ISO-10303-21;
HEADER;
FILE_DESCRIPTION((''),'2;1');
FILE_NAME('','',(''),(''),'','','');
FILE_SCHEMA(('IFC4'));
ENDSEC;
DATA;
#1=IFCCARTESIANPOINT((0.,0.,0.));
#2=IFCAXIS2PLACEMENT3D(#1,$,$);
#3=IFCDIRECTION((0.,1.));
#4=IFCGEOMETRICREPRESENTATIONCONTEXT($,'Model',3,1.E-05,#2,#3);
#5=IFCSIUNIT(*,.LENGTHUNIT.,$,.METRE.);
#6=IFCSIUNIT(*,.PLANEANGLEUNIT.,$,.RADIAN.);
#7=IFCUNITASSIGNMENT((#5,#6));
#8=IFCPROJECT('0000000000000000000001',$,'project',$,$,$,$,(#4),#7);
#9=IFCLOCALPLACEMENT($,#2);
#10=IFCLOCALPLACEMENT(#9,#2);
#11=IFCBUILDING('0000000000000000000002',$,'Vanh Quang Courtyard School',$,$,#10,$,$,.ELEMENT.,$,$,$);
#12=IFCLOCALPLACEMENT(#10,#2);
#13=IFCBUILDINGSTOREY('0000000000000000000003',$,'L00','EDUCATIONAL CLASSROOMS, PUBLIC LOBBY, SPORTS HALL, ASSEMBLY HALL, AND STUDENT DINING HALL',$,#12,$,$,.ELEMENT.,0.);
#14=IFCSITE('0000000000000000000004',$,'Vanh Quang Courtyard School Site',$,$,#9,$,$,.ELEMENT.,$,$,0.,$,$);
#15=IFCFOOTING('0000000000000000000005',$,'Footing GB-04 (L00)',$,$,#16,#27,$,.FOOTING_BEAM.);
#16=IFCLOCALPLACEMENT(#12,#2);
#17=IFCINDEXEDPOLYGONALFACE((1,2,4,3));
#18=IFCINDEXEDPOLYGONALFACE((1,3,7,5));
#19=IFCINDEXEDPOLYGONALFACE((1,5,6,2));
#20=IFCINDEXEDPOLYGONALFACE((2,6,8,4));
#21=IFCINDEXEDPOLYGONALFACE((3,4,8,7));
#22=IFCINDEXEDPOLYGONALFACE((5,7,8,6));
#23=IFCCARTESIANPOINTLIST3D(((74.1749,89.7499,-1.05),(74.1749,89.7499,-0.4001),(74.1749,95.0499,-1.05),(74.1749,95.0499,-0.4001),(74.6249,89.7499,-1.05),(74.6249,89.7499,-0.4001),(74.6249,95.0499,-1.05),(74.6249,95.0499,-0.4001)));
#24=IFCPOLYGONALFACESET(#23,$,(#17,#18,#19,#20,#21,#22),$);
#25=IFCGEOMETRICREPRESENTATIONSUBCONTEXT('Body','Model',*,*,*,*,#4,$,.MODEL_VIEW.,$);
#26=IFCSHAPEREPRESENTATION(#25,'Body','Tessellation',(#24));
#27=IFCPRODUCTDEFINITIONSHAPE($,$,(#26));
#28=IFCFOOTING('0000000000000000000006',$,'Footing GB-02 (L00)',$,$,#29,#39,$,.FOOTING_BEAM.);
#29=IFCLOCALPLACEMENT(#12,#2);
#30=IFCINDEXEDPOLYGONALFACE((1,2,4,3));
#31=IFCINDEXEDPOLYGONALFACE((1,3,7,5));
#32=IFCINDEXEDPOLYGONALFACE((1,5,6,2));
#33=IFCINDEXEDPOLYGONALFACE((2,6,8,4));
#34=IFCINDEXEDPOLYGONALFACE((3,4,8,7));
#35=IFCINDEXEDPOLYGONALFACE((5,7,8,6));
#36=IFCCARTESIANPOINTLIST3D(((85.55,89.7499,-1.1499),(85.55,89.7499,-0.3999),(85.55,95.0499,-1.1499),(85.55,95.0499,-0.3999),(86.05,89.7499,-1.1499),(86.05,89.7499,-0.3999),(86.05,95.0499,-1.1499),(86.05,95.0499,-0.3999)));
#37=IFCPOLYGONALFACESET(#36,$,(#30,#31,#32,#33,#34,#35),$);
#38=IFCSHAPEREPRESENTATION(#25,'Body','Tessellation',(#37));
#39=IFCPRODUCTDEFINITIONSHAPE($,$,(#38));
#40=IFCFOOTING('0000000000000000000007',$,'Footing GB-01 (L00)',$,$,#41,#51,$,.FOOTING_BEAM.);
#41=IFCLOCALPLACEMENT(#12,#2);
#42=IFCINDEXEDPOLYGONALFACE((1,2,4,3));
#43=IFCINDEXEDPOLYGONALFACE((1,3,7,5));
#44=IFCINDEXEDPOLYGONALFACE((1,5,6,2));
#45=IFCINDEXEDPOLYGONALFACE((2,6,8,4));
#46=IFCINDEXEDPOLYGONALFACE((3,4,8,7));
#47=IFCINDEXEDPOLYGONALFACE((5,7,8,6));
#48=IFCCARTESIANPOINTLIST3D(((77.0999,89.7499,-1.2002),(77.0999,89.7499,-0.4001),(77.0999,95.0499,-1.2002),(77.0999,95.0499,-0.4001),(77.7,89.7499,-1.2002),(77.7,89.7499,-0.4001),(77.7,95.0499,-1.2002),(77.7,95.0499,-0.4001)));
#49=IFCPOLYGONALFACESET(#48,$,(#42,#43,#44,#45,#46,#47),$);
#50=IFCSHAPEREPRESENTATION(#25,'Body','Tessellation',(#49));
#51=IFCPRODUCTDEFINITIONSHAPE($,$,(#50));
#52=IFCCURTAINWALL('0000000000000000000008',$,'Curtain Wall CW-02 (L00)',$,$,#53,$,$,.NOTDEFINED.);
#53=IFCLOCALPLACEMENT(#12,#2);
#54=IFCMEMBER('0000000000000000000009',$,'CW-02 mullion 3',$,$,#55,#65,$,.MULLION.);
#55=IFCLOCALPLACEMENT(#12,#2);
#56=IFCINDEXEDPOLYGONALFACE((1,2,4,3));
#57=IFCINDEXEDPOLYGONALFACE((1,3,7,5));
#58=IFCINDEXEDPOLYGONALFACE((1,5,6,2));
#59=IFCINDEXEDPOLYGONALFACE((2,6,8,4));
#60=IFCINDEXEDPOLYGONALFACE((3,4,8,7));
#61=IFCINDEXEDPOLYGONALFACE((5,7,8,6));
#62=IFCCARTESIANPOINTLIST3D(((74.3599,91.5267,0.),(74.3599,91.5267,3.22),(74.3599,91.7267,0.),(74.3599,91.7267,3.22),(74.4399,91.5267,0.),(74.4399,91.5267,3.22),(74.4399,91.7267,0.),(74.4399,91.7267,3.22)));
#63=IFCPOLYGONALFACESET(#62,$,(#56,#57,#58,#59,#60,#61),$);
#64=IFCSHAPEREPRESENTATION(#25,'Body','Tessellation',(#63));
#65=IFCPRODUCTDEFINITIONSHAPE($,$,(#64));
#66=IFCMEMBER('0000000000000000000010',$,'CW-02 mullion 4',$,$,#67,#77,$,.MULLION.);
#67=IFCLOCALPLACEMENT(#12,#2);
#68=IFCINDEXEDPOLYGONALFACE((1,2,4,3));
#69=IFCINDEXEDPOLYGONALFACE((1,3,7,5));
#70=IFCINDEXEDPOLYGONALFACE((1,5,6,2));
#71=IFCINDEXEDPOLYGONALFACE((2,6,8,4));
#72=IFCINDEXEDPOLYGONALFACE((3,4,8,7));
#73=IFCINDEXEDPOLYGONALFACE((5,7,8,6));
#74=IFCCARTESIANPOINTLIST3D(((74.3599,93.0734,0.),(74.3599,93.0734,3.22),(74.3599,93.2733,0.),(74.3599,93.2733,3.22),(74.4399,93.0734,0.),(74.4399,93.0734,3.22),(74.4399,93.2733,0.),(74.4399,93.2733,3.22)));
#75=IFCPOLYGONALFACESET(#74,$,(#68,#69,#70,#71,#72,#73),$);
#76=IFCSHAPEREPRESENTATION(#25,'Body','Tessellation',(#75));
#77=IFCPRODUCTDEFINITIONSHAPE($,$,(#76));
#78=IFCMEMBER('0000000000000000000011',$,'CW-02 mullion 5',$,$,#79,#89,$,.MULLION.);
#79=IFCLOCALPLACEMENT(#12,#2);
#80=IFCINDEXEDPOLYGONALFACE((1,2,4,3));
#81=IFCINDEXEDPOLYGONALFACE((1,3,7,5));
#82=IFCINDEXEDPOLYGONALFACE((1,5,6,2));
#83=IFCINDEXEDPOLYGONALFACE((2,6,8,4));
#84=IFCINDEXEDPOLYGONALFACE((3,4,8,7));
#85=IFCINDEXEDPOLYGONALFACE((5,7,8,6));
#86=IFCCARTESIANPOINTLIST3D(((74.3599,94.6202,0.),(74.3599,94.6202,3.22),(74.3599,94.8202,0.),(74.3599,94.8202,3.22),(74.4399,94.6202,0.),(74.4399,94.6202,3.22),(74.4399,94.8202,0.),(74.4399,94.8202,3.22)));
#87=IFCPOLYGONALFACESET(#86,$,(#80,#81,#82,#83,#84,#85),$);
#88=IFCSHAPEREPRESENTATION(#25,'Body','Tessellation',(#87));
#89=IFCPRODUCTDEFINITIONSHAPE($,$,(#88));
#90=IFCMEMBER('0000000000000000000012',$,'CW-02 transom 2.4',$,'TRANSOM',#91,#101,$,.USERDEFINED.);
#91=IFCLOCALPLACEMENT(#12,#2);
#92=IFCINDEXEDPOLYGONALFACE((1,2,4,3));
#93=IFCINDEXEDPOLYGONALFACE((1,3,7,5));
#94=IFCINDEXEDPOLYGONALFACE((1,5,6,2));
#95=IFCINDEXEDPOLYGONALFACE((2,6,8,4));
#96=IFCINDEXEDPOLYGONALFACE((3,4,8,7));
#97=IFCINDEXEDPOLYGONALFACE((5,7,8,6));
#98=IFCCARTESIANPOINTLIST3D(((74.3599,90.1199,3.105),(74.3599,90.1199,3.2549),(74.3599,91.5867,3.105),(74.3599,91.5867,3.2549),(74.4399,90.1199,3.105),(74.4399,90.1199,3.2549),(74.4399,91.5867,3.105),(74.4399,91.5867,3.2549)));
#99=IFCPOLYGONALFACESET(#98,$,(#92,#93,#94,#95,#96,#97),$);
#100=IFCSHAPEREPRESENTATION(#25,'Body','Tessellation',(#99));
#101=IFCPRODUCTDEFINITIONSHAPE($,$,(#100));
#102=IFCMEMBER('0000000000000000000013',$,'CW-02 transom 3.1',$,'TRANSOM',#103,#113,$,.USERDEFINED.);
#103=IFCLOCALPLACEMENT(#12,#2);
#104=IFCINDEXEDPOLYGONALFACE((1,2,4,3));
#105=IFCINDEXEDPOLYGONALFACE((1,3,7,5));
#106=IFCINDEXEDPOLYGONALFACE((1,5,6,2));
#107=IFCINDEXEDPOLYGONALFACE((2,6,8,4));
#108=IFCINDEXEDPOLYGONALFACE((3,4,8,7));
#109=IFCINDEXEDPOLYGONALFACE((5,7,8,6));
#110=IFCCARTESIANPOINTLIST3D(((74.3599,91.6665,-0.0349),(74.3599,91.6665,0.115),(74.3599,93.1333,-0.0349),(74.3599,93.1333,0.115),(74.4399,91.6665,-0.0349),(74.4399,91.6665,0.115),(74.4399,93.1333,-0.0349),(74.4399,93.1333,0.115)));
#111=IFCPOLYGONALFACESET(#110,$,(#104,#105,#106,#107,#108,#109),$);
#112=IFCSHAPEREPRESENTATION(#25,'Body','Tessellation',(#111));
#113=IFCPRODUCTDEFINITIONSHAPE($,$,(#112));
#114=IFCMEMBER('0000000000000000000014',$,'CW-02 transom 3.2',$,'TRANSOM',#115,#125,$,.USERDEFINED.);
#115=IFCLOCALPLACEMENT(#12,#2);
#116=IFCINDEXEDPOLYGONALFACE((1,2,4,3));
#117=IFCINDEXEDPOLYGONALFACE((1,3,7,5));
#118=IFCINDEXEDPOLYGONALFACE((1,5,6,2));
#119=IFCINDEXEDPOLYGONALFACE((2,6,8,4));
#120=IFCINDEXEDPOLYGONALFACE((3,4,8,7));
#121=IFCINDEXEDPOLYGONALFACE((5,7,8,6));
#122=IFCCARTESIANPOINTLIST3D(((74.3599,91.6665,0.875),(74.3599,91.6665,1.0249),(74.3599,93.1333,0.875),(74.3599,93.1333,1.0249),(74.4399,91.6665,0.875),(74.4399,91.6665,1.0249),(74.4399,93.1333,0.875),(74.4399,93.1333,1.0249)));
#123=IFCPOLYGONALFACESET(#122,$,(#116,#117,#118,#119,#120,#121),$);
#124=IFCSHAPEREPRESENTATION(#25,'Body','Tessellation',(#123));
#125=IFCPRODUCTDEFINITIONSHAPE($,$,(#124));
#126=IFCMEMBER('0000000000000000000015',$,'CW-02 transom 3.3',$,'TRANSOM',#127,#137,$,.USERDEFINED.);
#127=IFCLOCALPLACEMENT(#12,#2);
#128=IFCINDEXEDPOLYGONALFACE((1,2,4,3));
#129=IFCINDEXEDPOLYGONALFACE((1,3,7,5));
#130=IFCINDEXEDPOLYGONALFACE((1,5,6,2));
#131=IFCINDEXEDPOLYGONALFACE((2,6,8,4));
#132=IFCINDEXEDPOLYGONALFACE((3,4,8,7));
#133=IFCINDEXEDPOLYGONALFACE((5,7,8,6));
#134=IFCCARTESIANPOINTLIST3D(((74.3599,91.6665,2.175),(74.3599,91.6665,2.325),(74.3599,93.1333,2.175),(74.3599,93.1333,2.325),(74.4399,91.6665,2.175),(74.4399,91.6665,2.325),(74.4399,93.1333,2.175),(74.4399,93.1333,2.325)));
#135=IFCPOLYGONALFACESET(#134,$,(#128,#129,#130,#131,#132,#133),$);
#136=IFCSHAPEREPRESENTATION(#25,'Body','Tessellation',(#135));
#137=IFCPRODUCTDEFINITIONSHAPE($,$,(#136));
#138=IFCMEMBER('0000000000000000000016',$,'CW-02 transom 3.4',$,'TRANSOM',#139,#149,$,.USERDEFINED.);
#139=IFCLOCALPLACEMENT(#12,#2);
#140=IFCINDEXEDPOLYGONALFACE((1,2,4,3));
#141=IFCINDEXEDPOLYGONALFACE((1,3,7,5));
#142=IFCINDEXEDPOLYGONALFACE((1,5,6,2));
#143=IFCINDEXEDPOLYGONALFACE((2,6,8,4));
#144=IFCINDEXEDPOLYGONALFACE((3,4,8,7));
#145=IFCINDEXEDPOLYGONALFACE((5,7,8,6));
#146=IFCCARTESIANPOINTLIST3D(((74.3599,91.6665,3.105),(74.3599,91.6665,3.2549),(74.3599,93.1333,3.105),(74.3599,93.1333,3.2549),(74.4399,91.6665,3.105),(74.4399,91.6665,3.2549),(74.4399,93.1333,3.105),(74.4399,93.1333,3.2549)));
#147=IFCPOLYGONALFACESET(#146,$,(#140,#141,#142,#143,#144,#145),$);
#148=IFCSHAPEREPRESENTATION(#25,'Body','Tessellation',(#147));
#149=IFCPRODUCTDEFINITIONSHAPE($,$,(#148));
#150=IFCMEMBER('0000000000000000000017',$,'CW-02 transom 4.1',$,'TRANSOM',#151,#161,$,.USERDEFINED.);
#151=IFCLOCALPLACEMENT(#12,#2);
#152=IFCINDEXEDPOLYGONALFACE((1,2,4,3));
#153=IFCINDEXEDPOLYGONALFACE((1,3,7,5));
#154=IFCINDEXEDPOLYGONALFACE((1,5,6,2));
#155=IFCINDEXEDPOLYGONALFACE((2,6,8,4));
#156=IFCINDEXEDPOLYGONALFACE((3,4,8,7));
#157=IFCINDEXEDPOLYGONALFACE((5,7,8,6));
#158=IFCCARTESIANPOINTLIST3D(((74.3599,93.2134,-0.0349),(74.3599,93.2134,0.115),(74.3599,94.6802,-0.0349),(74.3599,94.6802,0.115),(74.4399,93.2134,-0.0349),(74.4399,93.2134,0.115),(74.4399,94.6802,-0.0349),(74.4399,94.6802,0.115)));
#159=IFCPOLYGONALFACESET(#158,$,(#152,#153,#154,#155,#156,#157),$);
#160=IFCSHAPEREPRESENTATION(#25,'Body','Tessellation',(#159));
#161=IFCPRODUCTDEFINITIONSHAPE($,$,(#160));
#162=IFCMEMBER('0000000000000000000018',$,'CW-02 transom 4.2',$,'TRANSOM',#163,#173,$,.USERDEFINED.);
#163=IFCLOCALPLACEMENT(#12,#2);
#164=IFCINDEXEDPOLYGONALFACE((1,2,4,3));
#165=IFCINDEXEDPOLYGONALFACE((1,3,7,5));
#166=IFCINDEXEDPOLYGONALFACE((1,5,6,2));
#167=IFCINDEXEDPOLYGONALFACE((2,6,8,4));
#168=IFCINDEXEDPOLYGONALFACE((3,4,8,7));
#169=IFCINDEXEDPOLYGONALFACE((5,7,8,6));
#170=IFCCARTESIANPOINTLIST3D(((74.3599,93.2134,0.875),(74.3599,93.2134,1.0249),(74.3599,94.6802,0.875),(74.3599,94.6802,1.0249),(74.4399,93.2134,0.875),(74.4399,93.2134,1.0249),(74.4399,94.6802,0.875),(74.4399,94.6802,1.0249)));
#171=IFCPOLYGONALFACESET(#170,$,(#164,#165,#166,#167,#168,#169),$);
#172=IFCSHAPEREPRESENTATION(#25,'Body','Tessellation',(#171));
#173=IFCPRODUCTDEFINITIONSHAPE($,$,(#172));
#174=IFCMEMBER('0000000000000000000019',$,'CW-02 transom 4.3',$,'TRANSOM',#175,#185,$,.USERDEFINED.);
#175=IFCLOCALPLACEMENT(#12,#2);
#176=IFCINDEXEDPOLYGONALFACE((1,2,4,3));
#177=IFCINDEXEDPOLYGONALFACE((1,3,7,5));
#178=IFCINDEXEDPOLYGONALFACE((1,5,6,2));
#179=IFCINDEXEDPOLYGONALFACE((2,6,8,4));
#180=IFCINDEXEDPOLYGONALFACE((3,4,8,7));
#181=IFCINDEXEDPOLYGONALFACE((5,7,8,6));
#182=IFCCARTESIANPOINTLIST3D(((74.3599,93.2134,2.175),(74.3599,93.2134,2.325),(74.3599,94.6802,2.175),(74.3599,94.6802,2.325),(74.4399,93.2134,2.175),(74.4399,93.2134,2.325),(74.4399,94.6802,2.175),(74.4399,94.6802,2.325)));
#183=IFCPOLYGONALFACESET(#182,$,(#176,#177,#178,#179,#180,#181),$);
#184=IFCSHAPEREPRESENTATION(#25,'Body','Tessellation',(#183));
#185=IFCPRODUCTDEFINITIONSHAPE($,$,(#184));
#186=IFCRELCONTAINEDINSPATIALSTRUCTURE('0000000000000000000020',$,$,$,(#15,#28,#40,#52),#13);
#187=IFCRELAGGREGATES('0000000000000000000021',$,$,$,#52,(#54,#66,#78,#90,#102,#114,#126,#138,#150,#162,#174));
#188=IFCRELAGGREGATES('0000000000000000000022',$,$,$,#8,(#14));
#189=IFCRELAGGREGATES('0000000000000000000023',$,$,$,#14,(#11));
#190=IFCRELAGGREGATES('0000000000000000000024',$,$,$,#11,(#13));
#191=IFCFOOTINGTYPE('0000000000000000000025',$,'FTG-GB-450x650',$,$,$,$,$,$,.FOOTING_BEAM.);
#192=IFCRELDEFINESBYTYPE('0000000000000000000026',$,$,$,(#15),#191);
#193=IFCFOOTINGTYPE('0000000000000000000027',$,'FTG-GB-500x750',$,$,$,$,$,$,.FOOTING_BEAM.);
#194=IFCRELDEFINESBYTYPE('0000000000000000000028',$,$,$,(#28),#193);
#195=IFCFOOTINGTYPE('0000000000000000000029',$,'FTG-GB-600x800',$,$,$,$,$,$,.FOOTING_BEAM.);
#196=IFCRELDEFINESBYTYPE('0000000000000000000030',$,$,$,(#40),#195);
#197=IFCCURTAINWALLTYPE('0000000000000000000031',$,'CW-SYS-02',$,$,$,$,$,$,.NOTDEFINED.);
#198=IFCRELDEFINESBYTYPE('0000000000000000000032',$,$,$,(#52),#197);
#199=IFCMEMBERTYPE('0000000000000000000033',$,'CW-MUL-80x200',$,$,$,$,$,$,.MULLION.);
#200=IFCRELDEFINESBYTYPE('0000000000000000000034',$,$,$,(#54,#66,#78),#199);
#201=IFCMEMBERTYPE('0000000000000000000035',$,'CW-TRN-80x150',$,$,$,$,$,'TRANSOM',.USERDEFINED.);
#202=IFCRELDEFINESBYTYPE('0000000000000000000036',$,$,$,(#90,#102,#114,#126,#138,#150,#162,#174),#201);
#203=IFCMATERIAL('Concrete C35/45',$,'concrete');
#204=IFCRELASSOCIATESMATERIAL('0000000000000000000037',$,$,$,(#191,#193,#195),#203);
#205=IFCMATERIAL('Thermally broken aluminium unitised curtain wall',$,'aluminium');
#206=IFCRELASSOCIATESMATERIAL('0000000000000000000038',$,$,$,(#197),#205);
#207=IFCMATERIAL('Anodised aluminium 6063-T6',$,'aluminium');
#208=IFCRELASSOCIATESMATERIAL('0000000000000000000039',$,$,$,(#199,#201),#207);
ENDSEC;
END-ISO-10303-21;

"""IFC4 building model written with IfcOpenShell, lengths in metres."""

from ifc_helpers import new_model, si_unit, direction, frame, origin, origin_2d, place, context, subcontext, project, spatial, rectangle, extrude, material, material_profile, profile_set, type_object, element, aggregate, save


model = new_model("IFC4")

# Units and contexts
model_context = context("Model", 3, precision=1e-05, world=origin(), true_north=direction((0.0, 1.0)))
body_context = subcontext(model_context, "Body", "Model", "MODEL_VIEW")
ifc_project = project(units=[si_unit("LENGTHUNIT", "METRE"), si_unit("PLANEANGLEUNIT", "RADIAN")], contexts=[model_context])

# Site, building, storey
site_placement = place(None, origin())
site = spatial("IfcSite", under=ifc_project, at=site_placement, Name="Vanh Quang Courtyard School Site", CompositionType="ELEMENT", RefElevation=0.0)
building_placement = place(site_placement, origin())
building = spatial("IfcBuilding", under=site, at=building_placement, Name="Vanh Quang Courtyard School", CompositionType="ELEMENT")
storey_placement = place(building_placement, origin())
storey = spatial("IfcBuildingStorey", under=building, at=storey_placement, Name="L00", Description="EDUCATIONAL CLASSROOMS, PUBLIC LOBBY, SPORTS HALL, ASSEMBLY HALL, AND STUDENT DINING HALL", CompositionType="ELEMENT", Elevation=0.0)

# Footings
ifc_material_1 = material(Name="Concrete C35/45", Category="concrete")
footing_type_1 = type_object("IfcFootingType", Name="FTG-GB-450x650", PredefinedType="FOOTING_BEAM", material=ifc_material_1)
footing_1_placement = place(storey_placement, frame((74.3999, 92.3999, -1.05), z_axis=(0.0, 0.0, 1.0), x_axis=(0.0, 1.0, 0.0)))
element("IfcFooting", 1, at=footing_1_placement, inside=storey, type_object=footing_type_1, Name="Footing GB-04 (L00)", PredefinedType="FOOTING_BEAM", context=body_context, shape_type="SweptSolid", body=[
    extrude(rectangle(XDim=5.3, YDim=0.45, at=origin_2d()), origin(), (0.0, 0.0, 1.0), 0.6499),
])
footing_type_2 = type_object("IfcFootingType", Name="FTG-GB-500x750", PredefinedType="FOOTING_BEAM", material=ifc_material_1)
footing_2_placement = place(storey_placement, frame((85.8, 92.3999, -1.1499), z_axis=(0.0, 0.0, 1.0), x_axis=(0.0, 1.0, 0.0)))
element("IfcFooting", 2, at=footing_2_placement, inside=storey, type_object=footing_type_2, Name="Footing GB-02 (L00)", PredefinedType="FOOTING_BEAM", context=body_context, shape_type="SweptSolid", body=[
    extrude(rectangle(XDim=5.3, YDim=0.5, at=origin_2d()), origin(), (0.0, 0.0, 1.0), 0.75),
])
footing_type_3 = type_object("IfcFootingType", Name="FTG-GB-600x800", PredefinedType="FOOTING_BEAM", material=ifc_material_1)
footing_3_placement = place(storey_placement, frame((77.3999, 92.3999, -1.2002), z_axis=(0.0, 0.0, 1.0), x_axis=(0.0, 1.0, 0.0)))
element("IfcFooting", 3, at=footing_3_placement, inside=storey, type_object=footing_type_3, Name="Footing GB-01 (L00)", PredefinedType="FOOTING_BEAM", context=body_context, shape_type="SweptSolid", body=[
    extrude(rectangle(XDim=5.3, YDim=0.6001, at=origin_2d()), origin(), (0.0, 0.0, 1.0), 0.8),
])

# Curtain wall, members
ifc_material_2 = material(Name="Thermally broken aluminium unitised curtain wall", Category="aluminium")
curtain_wall_type = type_object("IfcCurtainWallType", Name="CW-SYS-02", PredefinedType="NOTDEFINED", material=ifc_material_2)
curtain_wall_placement = place(storey_placement, origin())
curtain_wall = element("IfcCurtainWall", 4, at=curtain_wall_placement, inside=storey, type_object=curtain_wall_type, Name="Curtain Wall CW-02 (L00)", PredefinedType="NOTDEFINED")
ifc_material_3 = material(Name="Anodised aluminium 6063-T6", Category="aluminium")
ifc_material_profile_1 = material_profile(ifc_material_3, rectangle(XDim=0.0801, YDim=0.2, at=origin_2d()), Name="ALU-MUL 80x200")
ifc_profile_set_1 = profile_set([ifc_material_profile_1], Name="Anodised aluminium 6063-T6")
member_type_1 = type_object("IfcMemberType", Name="CW-MUL-80x200", PredefinedType="MULLION", material=ifc_profile_set_1)
member_1_placement = place(storey_placement, frame((74.3999, 91.6267, 0.0), z_axis=(0.0, 0.0, 1.0), x_axis=(-1.0, 0.0, 0.0)))
member_1 = element("IfcMember", 5, at=member_1_placement, type_object=member_type_1, Name="CW-02 mullion 3", PredefinedType="MULLION", context=body_context, shape_type="SweptSolid", body=[
    extrude(rectangle(XDim=0.0801, YDim=0.2, at=origin_2d()), origin(), (0.0, 0.0, 1.0), 3.22),
])
member_2_placement = place(storey_placement, frame((74.3999, 93.1733, 0.0), z_axis=(0.0, 0.0, 1.0), x_axis=(-1.0, 0.0, 0.0)))
member_2 = element("IfcMember", 6, at=member_2_placement, type_object=member_type_1, Name="CW-02 mullion 4", PredefinedType="MULLION", context=body_context, shape_type="SweptSolid", body=[
    extrude(rectangle(XDim=0.0801, YDim=0.2, at=origin_2d()), origin(), (0.0, 0.0, 1.0), 3.22),
])
member_3_placement = place(storey_placement, frame((74.3999, 94.7202, 0.0), z_axis=(0.0, 0.0, 1.0), x_axis=(-1.0, 0.0, 0.0)))
member_3 = element("IfcMember", 7, at=member_3_placement, type_object=member_type_1, Name="CW-02 mullion 5", PredefinedType="MULLION", context=body_context, shape_type="SweptSolid", body=[
    extrude(rectangle(XDim=0.0801, YDim=0.2, at=origin_2d()), origin(), (0.0, 0.0, 1.0), 3.22),
])
ifc_material_profile_2 = material_profile(ifc_material_3, rectangle(XDim=0.0801, YDim=0.1499, at=origin_2d()), Name="ALU-TRN 80x150")
ifc_profile_set_2 = profile_set([ifc_material_profile_2], Name="Anodised aluminium 6063-T6")
member_type_2 = type_object("IfcMemberType", Name="CW-TRN-80x150", ElementType="TRANSOM", PredefinedType="USERDEFINED", material=ifc_profile_set_2)
member_4_placement = place(storey_placement, frame((74.3999, 90.1199, 3.1799), z_axis=(0.0, 1.0, 0.0), x_axis=(-1.0, 0.0, 0.0)))
member_4 = element("IfcMember", 8, at=member_4_placement, type_object=member_type_2, Name="CW-02 transom 2.4", ObjectType="TRANSOM", PredefinedType="USERDEFINED", context=body_context, shape_type="SweptSolid", body=[
    extrude(rectangle(XDim=0.0801, YDim=0.1499, at=origin_2d()), origin(), (0.0, 0.0, 1.0), 1.4668),
])
member_5_placement = place(storey_placement, frame((74.3999, 91.6665, 0.04), z_axis=(0.0, 1.0, 0.0), x_axis=(-1.0, 0.0, 0.0)))
member_5 = element("IfcMember", 9, at=member_5_placement, type_object=member_type_2, Name="CW-02 transom 3.1", ObjectType="TRANSOM", PredefinedType="USERDEFINED", context=body_context, shape_type="SweptSolid", body=[
    extrude(rectangle(XDim=0.0801, YDim=0.1499, at=origin_2d()), origin(), (0.0, 0.0, 1.0), 1.4668),
])
member_6_placement = place(storey_placement, frame((74.3999, 91.6665, 0.95), z_axis=(0.0, 1.0, 0.0), x_axis=(-1.0, 0.0, 0.0)))
member_6 = element("IfcMember", 10, at=member_6_placement, type_object=member_type_2, Name="CW-02 transom 3.2", ObjectType="TRANSOM", PredefinedType="USERDEFINED", context=body_context, shape_type="SweptSolid", body=[
    extrude(rectangle(XDim=0.0801, YDim=0.1499, at=origin_2d()), origin(), (0.0, 0.0, 1.0), 1.4668),
])
member_7_placement = place(storey_placement, frame((74.3999, 91.6665, 2.25), z_axis=(0.0, 1.0, 0.0), x_axis=(-1.0, 0.0, 0.0)))
member_7 = element("IfcMember", 11, at=member_7_placement, type_object=member_type_2, Name="CW-02 transom 3.3", ObjectType="TRANSOM", PredefinedType="USERDEFINED", context=body_context, shape_type="SweptSolid", body=[
    extrude(rectangle(XDim=0.0801, YDim=0.1499, at=origin_2d()), origin(), (0.0, 0.0, 1.0), 1.4668),
])
member_8_placement = place(storey_placement, frame((74.3999, 91.6665, 3.1799), z_axis=(0.0, 1.0, 0.0), x_axis=(-1.0, 0.0, 0.0)))
member_8 = element("IfcMember", 12, at=member_8_placement, type_object=member_type_2, Name="CW-02 transom 3.4", ObjectType="TRANSOM", PredefinedType="USERDEFINED", context=body_context, shape_type="SweptSolid", body=[
    extrude(rectangle(XDim=0.0801, YDim=0.1499, at=origin_2d()), origin(), (0.0, 0.0, 1.0), 1.4668),
])
member_9_placement = place(storey_placement, frame((74.3999, 93.2134, 0.04), z_axis=(0.0, 1.0, 0.0), x_axis=(-1.0, 0.0, 0.0)))
member_9 = element("IfcMember", 13, at=member_9_placement, type_object=member_type_2, Name="CW-02 transom 4.1", ObjectType="TRANSOM", PredefinedType="USERDEFINED", context=body_context, shape_type="SweptSolid", body=[
    extrude(rectangle(XDim=0.0801, YDim=0.1499, at=origin_2d()), origin(), (0.0, 0.0, 1.0), 1.4668),
])
member_10_placement = place(storey_placement, frame((74.3999, 93.2134, 0.95), z_axis=(0.0, 1.0, 0.0), x_axis=(-1.0, 0.0, 0.0)))
member_10 = element("IfcMember", 14, at=member_10_placement, type_object=member_type_2, Name="CW-02 transom 4.2", ObjectType="TRANSOM", PredefinedType="USERDEFINED", context=body_context, shape_type="SweptSolid", body=[
    extrude(rectangle(XDim=0.0801, YDim=0.1499, at=origin_2d()), origin(), (0.0, 0.0, 1.0), 1.4668),
])
member_11_placement = place(storey_placement, frame((74.3999, 93.2134, 2.25), z_axis=(0.0, 1.0, 0.0), x_axis=(-1.0, 0.0, 0.0)))
member_11 = element("IfcMember", 15, at=member_11_placement, type_object=member_type_2, Name="CW-02 transom 4.3", ObjectType="TRANSOM", PredefinedType="USERDEFINED", context=body_context, shape_type="SweptSolid", body=[
    extrude(rectangle(XDim=0.0801, YDim=0.1499, at=origin_2d()), origin(), (0.0, 0.0, 1.0), 1.4668),
])
aggregate(curtain_wall, [member_1, member_2, member_3, member_4, member_5, member_6, member_7, member_8, member_9, member_10, member_11])

save(model, "model.ifc")
